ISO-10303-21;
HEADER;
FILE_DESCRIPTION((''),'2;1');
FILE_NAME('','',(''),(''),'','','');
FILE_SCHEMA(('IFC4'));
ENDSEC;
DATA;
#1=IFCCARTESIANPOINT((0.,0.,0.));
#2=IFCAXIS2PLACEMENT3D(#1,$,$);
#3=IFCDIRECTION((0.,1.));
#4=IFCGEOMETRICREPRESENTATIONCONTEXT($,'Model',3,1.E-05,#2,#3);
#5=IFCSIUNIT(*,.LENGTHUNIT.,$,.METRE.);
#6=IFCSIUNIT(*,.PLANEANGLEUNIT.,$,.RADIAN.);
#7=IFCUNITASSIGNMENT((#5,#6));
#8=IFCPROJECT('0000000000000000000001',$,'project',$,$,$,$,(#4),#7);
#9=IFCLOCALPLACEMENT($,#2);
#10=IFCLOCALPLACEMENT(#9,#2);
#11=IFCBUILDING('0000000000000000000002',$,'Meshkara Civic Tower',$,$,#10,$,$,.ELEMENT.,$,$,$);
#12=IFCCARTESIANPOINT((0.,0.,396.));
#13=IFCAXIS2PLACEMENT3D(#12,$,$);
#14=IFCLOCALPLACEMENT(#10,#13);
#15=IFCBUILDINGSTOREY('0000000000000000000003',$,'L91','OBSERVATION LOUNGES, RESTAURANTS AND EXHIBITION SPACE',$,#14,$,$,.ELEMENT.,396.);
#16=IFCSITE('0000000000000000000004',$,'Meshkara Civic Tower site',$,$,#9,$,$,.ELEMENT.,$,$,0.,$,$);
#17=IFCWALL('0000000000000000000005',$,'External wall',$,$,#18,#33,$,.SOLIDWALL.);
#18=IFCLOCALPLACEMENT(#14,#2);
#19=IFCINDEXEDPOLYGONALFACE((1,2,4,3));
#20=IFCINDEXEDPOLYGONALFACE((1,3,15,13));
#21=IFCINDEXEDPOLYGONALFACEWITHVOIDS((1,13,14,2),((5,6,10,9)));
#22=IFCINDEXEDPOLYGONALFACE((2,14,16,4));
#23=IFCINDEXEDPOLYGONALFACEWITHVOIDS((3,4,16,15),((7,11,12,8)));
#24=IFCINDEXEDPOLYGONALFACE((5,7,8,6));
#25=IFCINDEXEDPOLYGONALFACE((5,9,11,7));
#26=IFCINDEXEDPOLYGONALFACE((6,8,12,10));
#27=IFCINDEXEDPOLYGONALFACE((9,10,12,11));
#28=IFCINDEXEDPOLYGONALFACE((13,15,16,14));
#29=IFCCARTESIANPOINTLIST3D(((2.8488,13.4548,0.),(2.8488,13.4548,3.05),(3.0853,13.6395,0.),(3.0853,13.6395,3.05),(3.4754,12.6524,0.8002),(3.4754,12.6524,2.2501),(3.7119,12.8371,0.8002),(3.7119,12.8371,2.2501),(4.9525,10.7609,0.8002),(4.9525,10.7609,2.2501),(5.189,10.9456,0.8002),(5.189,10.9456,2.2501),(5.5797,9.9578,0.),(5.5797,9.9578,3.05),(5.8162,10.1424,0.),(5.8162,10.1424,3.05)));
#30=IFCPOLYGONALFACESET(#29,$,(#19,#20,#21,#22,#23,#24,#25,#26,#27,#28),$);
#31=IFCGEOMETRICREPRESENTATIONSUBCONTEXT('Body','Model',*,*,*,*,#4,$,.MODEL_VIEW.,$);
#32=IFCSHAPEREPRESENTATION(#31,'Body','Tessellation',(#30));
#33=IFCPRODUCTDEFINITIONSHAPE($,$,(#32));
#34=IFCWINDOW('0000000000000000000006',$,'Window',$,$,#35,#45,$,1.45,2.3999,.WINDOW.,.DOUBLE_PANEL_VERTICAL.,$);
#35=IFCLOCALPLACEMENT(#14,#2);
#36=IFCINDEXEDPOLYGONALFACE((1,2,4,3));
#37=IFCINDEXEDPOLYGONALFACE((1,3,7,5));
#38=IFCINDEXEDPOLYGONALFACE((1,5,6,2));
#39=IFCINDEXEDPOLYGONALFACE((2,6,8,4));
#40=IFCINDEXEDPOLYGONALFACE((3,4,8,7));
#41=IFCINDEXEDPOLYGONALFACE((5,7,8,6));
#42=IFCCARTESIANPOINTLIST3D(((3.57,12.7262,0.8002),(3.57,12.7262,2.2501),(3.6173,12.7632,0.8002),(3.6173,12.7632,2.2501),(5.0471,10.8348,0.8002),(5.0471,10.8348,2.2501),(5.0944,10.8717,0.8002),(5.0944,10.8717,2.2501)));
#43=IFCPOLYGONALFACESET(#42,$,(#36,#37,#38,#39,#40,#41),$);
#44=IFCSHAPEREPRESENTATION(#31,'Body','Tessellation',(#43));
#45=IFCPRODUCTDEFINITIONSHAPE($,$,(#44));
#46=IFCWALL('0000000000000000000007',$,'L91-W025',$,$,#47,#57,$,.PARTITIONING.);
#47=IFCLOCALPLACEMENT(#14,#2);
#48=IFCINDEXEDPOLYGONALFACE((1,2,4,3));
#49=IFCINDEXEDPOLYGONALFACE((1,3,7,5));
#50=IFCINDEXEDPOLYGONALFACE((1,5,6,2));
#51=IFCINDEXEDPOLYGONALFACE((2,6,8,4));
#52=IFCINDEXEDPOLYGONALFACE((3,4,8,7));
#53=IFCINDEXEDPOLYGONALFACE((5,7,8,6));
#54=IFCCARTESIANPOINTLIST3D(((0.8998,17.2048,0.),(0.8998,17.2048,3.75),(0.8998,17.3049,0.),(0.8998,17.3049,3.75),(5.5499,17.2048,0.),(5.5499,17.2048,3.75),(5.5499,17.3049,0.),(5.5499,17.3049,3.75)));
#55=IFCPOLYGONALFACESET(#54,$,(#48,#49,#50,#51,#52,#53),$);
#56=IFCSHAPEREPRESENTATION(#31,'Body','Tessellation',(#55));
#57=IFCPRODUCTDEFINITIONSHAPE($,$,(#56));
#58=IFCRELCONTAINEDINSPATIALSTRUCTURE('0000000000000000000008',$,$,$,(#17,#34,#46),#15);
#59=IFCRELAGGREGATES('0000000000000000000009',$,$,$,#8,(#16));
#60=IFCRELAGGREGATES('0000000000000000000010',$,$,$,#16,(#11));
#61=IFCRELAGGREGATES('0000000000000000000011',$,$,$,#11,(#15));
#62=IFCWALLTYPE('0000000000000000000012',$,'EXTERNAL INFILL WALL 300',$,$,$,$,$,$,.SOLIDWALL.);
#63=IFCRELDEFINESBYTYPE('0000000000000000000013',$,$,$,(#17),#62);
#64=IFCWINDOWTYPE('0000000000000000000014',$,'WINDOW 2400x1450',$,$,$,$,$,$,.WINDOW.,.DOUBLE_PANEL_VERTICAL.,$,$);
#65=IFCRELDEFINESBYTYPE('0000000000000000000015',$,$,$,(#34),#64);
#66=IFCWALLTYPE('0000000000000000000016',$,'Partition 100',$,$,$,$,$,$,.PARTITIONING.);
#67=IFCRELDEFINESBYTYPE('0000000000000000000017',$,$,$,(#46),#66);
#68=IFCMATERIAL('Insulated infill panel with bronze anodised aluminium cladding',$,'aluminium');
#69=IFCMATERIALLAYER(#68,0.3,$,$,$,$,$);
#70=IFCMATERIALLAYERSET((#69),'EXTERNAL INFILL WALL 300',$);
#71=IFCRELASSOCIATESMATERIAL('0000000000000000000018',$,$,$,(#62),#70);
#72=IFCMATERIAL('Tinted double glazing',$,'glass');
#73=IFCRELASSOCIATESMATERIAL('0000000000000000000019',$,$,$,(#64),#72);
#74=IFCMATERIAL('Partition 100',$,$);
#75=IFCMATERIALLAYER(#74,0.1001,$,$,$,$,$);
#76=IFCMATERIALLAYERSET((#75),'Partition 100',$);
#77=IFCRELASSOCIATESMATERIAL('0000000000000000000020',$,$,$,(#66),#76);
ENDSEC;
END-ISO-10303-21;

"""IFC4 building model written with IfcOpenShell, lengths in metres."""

from ifc_helpers import new_model, si_unit, direction, frame, frame_2d, origin, place, context, subcontext, project, spatial, rectangle, extrude, material, layer, layer_set, type_object, element, fill, save


model = new_model("IFC4")

# Units and contexts
model_context = context("Model", 3, precision=1e-05, world=origin(), true_north=direction((0.0, 1.0)))
body_context = subcontext(model_context, "Body", "Model", "MODEL_VIEW")
ifc_project = project(units=[si_unit("LENGTHUNIT", "METRE"), si_unit("PLANEANGLEUNIT", "RADIAN")], contexts=[model_context])

# Site, building, storey
site_placement = place(None, origin())
site = spatial("IfcSite", under=ifc_project, at=site_placement, Name="Meshkara Civic Tower site", CompositionType="ELEMENT", RefElevation=0.0)
building_placement = place(site_placement, origin())
building = spatial("IfcBuilding", under=site, at=building_placement, Name="Meshkara Civic Tower", CompositionType="ELEMENT")
storey_placement = place(building_placement, frame((0.0, 0.0, 396.0)))
storey = spatial("IfcBuildingStorey", under=building, at=storey_placement, Name="L91", Description="OBSERVATION LOUNGES, RESTAURANTS AND EXHIBITION SPACE", CompositionType="ELEMENT", Elevation=396.0)

# Wall, opening, window
ifc_material_1 = material(Name="Insulated infill panel with bronze anodised aluminium cladding", Category="aluminium")
ifc_layer_1 = layer(ifc_material_1, 0.3)
ifc_layer_set_1 = layer_set([ifc_layer_1], Name="EXTERNAL INFILL WALL 300")
wall_type_1 = type_object("IfcWallType", Name="EXTERNAL INFILL WALL 300", PredefinedType="SOLIDWALL", material=ifc_layer_set_1)
wall_1_placement = place(storey_placement, frame((2.967, 13.5471, 0.0), z_axis=(0.0, 0.0, 1.0), x_axis=(0.615486, -0.788148, 0.0)))
wall_1 = element("IfcWall", 1, at=wall_1_placement, inside=storey, type_object=wall_type_1, Name="External wall", PredefinedType="SOLIDWALL", context=body_context, shape_type="SweptSolid", body=[
    extrude(rectangle(XDim=4.437, YDim=0.3, at=frame_2d((2.2185, 0.0))), origin(), (0.0, 0.0, 1.0), 3.05),
])
opening_1_placement = place(wall_1_placement, frame((1.0181, 0.0, 0.8)))
opening_1 = element("IfcOpeningElement", 2, at=opening_1_placement, cuts=wall_1, PredefinedType="OPENING", context=body_context, shape_type="SweptSolid", body=[
    extrude(rectangle(XDim=2.3999, YDim=1.45, at=frame_2d((1.2, 0.7251))), frame((0.0, 0.1599, 0.0), z_axis=(0.0, -1.0, 0.0), x_axis=(1.0, 0.0, 0.0)), (0.0, 0.0, 1.0), 0.3201),
])
ifc_material_2 = material(Name="Tinted double glazing", Category="glass")
window_type = type_object("IfcWindowType", Name="WINDOW 2400x1450", PartitioningType="DOUBLE_PANEL_VERTICAL", PredefinedType="WINDOW", material=ifc_material_2)
window_placement = place(opening_1_placement, origin())
window = element("IfcWindow", 3, at=window_placement, inside=storey, type_object=window_type, Name="Window", OverallHeight=1.45, OverallWidth=2.3999, PartitioningType="DOUBLE_PANEL_VERTICAL", PredefinedType="WINDOW", context=body_context, shape_type="SweptSolid", body=[
    extrude(rectangle(XDim=2.3999, YDim=1.45, at=frame_2d((1.2, 0.7251))), frame((0.0, 0.03, 0.0), z_axis=(0.0, -1.0, 0.0), x_axis=(1.0, 0.0, 0.0)), (0.0, 0.0, 1.0), 0.0601),
])
fill(opening_1, window)

# Wall
ifc_material_3 = material(Name="Partition 100")
ifc_layer_2 = layer(ifc_material_3, 0.1001)
ifc_layer_set_2 = layer_set([ifc_layer_2], Name="Partition 100")
wall_type_2 = type_object("IfcWallType", Name="Partition 100", PredefinedType="PARTITIONING", material=ifc_layer_set_2)
wall_2_placement = place(storey_placement, frame((5.55, 17.2549, 0.0), z_axis=(0.0, 0.0, 1.0), x_axis=(-1.0, 0.0, 0.0)))
element("IfcWall", 4, at=wall_2_placement, inside=storey, type_object=wall_type_2, Name="L91-W025", PredefinedType="PARTITIONING", context=body_context, shape_type="SweptSolid", body=[
    extrude(rectangle(XDim=4.6501, YDim=0.1001, at=frame_2d((2.3252, 0.0))), origin(), (0.0, 0.0, 1.0), 3.75),
])

save(model, "model.ifc")
